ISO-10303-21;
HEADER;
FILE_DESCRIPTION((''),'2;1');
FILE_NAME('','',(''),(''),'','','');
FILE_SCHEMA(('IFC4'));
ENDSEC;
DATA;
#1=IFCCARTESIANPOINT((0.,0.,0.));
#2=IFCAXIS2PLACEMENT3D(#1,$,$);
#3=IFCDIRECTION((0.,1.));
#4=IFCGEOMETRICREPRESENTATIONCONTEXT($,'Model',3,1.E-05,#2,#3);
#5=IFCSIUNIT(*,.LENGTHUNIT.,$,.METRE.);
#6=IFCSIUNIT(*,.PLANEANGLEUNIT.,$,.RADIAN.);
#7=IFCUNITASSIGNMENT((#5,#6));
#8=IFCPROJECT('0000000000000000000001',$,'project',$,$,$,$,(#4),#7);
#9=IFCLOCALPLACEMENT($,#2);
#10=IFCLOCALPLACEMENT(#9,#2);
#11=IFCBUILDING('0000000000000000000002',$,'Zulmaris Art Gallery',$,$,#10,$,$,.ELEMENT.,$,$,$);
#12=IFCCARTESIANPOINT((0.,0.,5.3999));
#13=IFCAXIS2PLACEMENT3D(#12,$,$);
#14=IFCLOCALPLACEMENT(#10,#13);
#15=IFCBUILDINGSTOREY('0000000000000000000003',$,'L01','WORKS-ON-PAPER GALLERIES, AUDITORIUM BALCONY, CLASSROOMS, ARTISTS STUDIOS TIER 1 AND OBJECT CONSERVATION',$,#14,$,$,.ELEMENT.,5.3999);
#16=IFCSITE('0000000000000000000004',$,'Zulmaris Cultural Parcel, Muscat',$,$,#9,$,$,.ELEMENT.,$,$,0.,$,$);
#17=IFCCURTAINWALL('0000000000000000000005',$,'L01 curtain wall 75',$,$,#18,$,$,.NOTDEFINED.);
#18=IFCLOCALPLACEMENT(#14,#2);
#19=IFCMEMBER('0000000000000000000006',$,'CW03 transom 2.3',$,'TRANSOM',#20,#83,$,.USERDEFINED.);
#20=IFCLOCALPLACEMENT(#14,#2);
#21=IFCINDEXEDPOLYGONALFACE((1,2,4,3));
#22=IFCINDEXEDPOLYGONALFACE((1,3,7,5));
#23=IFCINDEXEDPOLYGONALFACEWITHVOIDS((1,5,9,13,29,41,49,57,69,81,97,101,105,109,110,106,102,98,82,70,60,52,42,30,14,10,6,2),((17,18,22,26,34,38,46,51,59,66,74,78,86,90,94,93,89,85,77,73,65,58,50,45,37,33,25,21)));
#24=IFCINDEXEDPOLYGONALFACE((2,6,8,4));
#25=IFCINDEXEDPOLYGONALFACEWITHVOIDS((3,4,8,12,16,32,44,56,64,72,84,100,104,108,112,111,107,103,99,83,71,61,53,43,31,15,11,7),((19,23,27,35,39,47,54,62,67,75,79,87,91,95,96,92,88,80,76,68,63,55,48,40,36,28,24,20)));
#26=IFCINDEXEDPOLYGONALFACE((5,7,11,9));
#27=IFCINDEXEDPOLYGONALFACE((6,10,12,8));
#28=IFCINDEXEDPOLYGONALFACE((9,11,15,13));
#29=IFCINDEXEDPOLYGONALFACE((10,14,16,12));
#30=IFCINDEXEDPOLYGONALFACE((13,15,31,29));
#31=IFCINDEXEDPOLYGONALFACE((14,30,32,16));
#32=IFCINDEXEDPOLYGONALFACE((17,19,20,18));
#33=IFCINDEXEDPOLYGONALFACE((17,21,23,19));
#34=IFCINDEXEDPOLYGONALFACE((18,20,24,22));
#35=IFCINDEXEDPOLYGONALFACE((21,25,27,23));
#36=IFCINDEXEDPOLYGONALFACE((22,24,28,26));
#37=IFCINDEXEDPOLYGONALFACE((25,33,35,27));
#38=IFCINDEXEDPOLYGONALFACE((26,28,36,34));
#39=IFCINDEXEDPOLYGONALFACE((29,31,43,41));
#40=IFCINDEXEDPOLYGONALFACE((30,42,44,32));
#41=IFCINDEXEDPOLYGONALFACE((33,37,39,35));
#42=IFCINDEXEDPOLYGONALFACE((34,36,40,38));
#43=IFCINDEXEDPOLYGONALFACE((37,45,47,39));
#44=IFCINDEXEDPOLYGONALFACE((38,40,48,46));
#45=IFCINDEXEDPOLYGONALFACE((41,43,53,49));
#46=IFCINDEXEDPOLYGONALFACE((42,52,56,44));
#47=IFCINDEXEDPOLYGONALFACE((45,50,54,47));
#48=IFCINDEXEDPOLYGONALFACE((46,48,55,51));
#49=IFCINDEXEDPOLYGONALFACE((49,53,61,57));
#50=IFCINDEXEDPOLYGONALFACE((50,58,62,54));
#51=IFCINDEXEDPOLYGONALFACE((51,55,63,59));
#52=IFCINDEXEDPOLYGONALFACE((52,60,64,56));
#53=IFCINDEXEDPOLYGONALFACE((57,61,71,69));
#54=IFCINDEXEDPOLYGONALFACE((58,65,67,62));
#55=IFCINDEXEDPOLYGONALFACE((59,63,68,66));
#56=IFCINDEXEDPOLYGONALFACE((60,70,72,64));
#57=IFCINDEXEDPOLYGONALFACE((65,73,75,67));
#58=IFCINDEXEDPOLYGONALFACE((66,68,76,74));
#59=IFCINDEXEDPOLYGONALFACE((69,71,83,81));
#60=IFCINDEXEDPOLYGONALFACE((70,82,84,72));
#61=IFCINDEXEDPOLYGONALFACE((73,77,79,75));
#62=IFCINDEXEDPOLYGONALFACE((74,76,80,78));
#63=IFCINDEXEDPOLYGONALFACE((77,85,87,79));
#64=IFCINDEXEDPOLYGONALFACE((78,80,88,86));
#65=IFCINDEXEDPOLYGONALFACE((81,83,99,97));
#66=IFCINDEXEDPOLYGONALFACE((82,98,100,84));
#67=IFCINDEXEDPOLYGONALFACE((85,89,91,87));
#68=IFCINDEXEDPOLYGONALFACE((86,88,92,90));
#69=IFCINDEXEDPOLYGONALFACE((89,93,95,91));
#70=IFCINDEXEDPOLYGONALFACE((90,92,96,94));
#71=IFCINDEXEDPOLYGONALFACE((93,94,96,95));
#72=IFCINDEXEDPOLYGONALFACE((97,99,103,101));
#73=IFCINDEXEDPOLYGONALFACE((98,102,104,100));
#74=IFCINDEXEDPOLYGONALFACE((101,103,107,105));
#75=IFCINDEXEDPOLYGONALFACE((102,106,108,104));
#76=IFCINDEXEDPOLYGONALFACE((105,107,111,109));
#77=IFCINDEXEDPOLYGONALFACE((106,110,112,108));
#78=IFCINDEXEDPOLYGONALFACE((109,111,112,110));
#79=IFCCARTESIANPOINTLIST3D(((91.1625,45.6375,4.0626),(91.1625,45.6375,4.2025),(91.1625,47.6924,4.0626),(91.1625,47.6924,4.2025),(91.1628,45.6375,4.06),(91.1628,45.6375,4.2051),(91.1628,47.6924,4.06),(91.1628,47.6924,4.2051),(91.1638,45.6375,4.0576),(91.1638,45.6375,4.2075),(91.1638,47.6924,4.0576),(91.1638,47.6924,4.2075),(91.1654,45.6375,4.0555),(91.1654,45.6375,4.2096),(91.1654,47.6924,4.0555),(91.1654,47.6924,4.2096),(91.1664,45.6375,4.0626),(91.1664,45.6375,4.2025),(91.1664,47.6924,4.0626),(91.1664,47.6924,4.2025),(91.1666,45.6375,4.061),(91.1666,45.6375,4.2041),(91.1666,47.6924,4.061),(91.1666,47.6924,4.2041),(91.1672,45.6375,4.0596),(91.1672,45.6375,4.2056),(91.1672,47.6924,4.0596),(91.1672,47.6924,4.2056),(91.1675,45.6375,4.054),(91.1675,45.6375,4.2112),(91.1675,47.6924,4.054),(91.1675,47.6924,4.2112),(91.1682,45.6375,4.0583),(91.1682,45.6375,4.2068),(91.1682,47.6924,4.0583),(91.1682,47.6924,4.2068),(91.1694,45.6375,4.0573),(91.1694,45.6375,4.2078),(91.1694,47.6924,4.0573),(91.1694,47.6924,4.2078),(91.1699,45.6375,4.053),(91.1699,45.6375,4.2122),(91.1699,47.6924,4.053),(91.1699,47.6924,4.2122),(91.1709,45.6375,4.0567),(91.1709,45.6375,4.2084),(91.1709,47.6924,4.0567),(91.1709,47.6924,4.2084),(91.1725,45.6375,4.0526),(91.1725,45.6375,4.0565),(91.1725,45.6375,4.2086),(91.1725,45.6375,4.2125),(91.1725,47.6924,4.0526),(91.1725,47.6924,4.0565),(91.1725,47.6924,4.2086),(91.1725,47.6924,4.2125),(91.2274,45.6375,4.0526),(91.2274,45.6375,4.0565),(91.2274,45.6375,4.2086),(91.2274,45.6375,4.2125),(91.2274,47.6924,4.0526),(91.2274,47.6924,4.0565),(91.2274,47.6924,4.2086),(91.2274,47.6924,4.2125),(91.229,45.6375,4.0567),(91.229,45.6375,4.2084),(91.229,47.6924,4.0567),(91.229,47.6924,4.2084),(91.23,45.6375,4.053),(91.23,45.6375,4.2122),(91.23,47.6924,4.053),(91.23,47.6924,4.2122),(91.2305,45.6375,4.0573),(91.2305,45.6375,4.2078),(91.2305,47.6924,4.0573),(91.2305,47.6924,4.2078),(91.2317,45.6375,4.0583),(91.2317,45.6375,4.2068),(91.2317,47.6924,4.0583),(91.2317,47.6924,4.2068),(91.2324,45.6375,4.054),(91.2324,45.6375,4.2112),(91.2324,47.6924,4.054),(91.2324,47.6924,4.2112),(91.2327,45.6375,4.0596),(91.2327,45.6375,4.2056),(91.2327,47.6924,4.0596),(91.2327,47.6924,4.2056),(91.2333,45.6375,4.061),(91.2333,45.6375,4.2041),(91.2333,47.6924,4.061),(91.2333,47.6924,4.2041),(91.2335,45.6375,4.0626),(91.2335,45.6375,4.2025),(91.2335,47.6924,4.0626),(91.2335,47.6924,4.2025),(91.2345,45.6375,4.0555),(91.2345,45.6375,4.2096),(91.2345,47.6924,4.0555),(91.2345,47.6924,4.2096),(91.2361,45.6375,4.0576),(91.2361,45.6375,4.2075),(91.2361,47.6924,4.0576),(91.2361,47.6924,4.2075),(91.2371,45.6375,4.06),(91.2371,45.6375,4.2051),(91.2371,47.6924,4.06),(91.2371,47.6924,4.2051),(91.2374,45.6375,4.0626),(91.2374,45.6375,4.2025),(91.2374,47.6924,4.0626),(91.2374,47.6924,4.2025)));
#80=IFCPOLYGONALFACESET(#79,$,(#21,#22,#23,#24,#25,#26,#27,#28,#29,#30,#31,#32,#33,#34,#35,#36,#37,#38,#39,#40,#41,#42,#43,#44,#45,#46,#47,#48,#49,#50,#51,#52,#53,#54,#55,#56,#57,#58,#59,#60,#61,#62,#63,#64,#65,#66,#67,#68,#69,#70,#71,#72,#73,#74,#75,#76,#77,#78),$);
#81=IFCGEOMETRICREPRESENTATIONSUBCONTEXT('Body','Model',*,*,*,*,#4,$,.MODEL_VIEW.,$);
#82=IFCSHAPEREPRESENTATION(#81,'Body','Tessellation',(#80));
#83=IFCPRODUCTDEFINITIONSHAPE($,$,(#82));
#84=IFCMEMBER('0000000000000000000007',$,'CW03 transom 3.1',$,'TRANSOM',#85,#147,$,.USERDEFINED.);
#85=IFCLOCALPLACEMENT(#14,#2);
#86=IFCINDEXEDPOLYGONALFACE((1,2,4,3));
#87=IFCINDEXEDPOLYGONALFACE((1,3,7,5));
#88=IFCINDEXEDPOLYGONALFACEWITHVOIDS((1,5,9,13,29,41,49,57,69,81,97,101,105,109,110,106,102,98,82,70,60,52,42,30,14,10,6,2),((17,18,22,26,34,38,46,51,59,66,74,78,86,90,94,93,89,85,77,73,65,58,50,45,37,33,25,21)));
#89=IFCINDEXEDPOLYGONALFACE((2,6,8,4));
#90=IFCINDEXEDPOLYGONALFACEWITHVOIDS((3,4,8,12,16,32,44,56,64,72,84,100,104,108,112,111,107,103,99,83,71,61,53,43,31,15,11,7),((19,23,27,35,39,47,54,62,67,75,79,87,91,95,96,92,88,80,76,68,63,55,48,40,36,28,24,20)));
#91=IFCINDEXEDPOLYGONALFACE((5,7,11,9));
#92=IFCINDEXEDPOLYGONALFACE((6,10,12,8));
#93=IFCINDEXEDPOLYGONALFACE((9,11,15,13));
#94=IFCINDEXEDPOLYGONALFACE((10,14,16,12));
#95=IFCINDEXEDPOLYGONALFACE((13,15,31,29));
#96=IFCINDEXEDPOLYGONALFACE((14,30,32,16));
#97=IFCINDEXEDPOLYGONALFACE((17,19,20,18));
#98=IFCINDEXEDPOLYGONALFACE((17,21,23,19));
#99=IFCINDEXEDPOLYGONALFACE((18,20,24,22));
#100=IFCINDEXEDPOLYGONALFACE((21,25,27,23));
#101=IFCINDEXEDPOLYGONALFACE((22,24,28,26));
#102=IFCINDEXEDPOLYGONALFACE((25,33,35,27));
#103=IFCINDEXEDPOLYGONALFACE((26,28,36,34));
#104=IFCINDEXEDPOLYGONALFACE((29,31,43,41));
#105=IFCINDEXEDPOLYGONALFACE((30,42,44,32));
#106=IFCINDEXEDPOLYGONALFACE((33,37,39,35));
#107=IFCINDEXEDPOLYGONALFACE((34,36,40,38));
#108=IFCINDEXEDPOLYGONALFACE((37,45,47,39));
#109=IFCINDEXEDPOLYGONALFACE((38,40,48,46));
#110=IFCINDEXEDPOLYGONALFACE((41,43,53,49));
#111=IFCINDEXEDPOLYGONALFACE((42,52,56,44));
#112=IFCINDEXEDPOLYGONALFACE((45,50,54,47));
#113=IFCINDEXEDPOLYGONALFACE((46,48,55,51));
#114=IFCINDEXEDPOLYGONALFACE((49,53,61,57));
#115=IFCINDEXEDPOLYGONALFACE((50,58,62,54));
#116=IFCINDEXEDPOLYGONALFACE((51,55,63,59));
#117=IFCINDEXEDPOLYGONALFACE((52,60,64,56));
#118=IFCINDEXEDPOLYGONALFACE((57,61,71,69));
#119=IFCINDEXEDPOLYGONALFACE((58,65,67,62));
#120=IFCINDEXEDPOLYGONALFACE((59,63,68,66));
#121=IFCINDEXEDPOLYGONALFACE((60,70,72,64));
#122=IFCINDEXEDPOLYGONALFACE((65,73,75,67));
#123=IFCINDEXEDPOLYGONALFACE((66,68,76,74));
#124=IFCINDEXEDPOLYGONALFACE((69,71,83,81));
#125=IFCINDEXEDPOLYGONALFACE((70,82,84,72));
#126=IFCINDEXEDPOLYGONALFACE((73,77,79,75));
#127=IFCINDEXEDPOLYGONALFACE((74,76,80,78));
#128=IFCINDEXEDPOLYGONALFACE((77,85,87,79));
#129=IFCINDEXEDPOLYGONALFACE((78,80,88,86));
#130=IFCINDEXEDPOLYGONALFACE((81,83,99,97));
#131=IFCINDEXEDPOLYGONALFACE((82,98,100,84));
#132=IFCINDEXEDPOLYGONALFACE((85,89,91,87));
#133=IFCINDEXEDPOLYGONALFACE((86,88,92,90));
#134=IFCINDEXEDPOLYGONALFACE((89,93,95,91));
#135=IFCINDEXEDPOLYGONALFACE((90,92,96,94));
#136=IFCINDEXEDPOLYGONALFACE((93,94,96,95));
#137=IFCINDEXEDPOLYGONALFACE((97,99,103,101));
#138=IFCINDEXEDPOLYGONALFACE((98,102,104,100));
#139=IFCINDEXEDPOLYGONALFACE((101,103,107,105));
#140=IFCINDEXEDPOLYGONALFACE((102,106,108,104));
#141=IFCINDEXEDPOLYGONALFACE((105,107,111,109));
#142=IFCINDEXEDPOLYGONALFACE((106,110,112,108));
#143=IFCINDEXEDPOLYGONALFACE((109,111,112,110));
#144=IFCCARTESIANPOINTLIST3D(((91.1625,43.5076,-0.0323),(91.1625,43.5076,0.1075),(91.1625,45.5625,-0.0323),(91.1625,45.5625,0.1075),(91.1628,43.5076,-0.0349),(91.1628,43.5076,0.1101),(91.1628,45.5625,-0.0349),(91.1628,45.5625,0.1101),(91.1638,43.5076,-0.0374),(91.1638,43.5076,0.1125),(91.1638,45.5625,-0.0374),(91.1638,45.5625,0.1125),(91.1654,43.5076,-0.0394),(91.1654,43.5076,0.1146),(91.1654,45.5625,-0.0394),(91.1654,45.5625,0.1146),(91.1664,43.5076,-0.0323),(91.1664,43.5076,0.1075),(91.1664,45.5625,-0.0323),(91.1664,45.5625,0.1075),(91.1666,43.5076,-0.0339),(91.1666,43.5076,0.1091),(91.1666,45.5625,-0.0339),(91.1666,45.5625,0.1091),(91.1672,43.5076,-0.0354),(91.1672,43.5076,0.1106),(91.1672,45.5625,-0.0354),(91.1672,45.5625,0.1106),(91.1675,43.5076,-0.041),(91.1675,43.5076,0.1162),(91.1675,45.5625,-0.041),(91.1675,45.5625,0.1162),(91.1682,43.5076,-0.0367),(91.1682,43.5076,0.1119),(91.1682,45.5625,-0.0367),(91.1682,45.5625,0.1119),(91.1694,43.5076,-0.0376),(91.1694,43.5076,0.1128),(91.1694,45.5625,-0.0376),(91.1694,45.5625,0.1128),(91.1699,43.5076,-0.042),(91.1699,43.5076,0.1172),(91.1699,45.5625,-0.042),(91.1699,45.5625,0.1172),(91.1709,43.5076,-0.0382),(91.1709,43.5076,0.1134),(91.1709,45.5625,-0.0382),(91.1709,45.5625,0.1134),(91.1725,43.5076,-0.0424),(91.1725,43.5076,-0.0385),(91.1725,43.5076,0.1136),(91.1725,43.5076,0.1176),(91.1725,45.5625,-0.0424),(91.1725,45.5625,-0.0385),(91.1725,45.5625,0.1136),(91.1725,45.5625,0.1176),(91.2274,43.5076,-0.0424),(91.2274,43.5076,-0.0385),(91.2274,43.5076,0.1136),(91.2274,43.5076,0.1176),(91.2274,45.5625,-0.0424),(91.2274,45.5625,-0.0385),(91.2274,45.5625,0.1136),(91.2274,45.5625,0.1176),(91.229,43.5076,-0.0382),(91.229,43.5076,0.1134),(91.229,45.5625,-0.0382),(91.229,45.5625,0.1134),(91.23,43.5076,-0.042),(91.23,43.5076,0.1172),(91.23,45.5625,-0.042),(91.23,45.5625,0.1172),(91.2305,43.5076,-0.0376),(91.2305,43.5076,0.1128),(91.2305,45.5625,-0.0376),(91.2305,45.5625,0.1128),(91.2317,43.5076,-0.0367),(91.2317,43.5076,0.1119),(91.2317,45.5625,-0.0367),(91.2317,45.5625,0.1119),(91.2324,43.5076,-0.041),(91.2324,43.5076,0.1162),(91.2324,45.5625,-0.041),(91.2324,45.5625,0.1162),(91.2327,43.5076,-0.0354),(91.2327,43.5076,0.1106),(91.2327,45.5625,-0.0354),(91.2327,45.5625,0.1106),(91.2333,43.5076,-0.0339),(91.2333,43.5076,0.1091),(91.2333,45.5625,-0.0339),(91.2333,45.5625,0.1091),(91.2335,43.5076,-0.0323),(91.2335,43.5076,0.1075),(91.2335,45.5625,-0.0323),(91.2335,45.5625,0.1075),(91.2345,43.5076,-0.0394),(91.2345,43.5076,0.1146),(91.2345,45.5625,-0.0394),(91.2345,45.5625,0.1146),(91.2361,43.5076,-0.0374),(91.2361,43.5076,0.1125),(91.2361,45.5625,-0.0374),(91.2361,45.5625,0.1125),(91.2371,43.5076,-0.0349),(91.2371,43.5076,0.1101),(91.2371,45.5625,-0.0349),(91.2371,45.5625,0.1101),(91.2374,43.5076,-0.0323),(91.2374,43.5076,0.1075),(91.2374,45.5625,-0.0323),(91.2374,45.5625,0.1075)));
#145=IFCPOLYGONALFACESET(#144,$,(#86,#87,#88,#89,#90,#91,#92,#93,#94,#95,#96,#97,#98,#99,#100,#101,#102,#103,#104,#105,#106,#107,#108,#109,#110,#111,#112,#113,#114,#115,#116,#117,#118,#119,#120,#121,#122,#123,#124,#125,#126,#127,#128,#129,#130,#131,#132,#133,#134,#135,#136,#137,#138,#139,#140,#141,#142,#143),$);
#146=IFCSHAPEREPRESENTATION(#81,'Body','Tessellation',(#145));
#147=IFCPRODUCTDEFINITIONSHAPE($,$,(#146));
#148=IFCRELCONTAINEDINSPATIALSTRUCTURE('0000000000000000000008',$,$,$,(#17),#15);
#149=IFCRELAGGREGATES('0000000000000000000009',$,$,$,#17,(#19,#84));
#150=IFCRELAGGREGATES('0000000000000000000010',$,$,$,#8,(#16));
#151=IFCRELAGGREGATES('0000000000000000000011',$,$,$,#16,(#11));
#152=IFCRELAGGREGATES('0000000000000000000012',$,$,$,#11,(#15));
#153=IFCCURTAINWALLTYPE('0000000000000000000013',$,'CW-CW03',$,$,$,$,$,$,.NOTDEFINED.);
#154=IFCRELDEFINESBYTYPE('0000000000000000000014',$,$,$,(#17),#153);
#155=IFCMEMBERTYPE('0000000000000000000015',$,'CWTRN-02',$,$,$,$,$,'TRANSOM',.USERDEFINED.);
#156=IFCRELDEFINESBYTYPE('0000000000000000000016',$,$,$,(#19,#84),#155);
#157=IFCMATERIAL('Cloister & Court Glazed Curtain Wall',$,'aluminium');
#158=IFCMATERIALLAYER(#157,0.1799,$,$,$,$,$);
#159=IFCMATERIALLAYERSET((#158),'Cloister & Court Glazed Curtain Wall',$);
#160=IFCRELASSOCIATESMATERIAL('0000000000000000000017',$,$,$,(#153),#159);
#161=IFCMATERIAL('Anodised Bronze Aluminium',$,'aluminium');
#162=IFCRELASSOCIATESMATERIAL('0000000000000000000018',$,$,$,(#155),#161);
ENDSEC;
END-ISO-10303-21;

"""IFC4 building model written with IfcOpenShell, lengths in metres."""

from ifc_helpers import new_model, si_unit, direction, frame, origin, origin_2d, place, context, subcontext, project, spatial, hollow_rectangle, extrude, material, layer, layer_set, material_profile, profile_set, type_object, element, aggregate, save


model = new_model("IFC4")

# Units and contexts
model_context = context("Model", 3, precision=1e-05, world=origin(), true_north=direction((0.0, 1.0)))
body_context = subcontext(model_context, "Body", "Model", "MODEL_VIEW")
ifc_project = project(units=[si_unit("LENGTHUNIT", "METRE"), si_unit("PLANEANGLEUNIT", "RADIAN")], contexts=[model_context])

# Site, building, storey
site_placement = place(None, origin())
site = spatial("IfcSite", under=ifc_project, at=site_placement, Name="Zulmaris Cultural Parcel, Muscat", CompositionType="ELEMENT", RefElevation=0.0)
building_placement = place(site_placement, origin())
building = spatial("IfcBuilding", under=site, at=building_placement, Name="Zulmaris Art Gallery", CompositionType="ELEMENT")
storey_placement = place(building_placement, frame((0.0, 0.0, 5.3999)))
storey = spatial("IfcBuildingStorey", under=building, at=storey_placement, Name="L01", Description="WORKS-ON-PAPER GALLERIES, AUDITORIUM BALCONY, CLASSROOMS, ARTISTS STUDIOS TIER 1 AND OBJECT CONSERVATION", CompositionType="ELEMENT", Elevation=5.3999)

# Curtain wall
ifc_material_1 = material(Name="Cloister & Court Glazed Curtain Wall", Category="aluminium")
ifc_layer_1 = layer(ifc_material_1, 0.1799)
ifc_layer_set_1 = layer_set([ifc_layer_1], Name="Cloister & Court Glazed Curtain Wall")
curtain_wall_type = type_object("IfcCurtainWallType", Name="CW-CW03", PredefinedType="NOTDEFINED", material=ifc_layer_set_1)
curtain_wall_1_placement = place(storey_placement, origin())
curtain_wall_1 = element("IfcCurtainWall", 1, at=curtain_wall_1_placement, inside=storey, type_object=curtain_wall_type, Name="L01 curtain wall 75", PredefinedType="NOTDEFINED")
ifc_material_2 = material(Name="Anodised Bronze Aluminium", Category="aluminium")
ifc_material_profile_1 = material_profile(ifc_material_2, hollow_rectangle(XDim=0.075, YDim=0.1599, WallThickness=0.0039, InnerFilletRadius=0.0061, OuterFilletRadius=0.01, at=origin_2d()), Name="ALU 75x160x4")
ifc_profile_set_1 = profile_set([ifc_material_profile_1], Name="Anodised Bronze Aluminium")
member_type_1 = type_object("IfcMemberType", Name="CWTRN-02", ElementType="TRANSOM", PredefinedType="USERDEFINED", material=ifc_profile_set_1)

# Members
member_1_placement = place(storey_placement, frame((91.2, 47.6924, 4.1326), z_axis=(0.0, -1.0, 0.0), x_axis=(1.0, 0.0, 0.0)))
member_1 = element("IfcMember", 2, at=member_1_placement, type_object=member_type_1, Name="CW03 transom 2.3", ObjectType="TRANSOM", PredefinedType="USERDEFINED", context=body_context, shape_type="SweptSolid", body=[
    extrude(hollow_rectangle(XDim=0.075, YDim=0.1599, WallThickness=0.0039, InnerFilletRadius=0.0061, OuterFilletRadius=0.01, at=origin_2d()), origin(), (0.0, 0.0, 1.0), 2.0549),
])
member_2_placement = place(storey_placement, frame((91.2, 45.5625, 0.0376), z_axis=(0.0, -1.0, 0.0), x_axis=(1.0, 0.0, 0.0)))
member_2 = element("IfcMember", 3, at=member_2_placement, type_object=member_type_1, Name="CW03 transom 3.1", ObjectType="TRANSOM", PredefinedType="USERDEFINED", context=body_context, shape_type="SweptSolid", body=[
    extrude(hollow_rectangle(XDim=0.075, YDim=0.1599, WallThickness=0.0039, InnerFilletRadius=0.0061, OuterFilletRadius=0.01, at=origin_2d()), origin(), (0.0, 0.0, 1.0), 2.0549),
])

aggregate(curtain_wall_1, [member_1, member_2])

save(model, "model.ifc")
